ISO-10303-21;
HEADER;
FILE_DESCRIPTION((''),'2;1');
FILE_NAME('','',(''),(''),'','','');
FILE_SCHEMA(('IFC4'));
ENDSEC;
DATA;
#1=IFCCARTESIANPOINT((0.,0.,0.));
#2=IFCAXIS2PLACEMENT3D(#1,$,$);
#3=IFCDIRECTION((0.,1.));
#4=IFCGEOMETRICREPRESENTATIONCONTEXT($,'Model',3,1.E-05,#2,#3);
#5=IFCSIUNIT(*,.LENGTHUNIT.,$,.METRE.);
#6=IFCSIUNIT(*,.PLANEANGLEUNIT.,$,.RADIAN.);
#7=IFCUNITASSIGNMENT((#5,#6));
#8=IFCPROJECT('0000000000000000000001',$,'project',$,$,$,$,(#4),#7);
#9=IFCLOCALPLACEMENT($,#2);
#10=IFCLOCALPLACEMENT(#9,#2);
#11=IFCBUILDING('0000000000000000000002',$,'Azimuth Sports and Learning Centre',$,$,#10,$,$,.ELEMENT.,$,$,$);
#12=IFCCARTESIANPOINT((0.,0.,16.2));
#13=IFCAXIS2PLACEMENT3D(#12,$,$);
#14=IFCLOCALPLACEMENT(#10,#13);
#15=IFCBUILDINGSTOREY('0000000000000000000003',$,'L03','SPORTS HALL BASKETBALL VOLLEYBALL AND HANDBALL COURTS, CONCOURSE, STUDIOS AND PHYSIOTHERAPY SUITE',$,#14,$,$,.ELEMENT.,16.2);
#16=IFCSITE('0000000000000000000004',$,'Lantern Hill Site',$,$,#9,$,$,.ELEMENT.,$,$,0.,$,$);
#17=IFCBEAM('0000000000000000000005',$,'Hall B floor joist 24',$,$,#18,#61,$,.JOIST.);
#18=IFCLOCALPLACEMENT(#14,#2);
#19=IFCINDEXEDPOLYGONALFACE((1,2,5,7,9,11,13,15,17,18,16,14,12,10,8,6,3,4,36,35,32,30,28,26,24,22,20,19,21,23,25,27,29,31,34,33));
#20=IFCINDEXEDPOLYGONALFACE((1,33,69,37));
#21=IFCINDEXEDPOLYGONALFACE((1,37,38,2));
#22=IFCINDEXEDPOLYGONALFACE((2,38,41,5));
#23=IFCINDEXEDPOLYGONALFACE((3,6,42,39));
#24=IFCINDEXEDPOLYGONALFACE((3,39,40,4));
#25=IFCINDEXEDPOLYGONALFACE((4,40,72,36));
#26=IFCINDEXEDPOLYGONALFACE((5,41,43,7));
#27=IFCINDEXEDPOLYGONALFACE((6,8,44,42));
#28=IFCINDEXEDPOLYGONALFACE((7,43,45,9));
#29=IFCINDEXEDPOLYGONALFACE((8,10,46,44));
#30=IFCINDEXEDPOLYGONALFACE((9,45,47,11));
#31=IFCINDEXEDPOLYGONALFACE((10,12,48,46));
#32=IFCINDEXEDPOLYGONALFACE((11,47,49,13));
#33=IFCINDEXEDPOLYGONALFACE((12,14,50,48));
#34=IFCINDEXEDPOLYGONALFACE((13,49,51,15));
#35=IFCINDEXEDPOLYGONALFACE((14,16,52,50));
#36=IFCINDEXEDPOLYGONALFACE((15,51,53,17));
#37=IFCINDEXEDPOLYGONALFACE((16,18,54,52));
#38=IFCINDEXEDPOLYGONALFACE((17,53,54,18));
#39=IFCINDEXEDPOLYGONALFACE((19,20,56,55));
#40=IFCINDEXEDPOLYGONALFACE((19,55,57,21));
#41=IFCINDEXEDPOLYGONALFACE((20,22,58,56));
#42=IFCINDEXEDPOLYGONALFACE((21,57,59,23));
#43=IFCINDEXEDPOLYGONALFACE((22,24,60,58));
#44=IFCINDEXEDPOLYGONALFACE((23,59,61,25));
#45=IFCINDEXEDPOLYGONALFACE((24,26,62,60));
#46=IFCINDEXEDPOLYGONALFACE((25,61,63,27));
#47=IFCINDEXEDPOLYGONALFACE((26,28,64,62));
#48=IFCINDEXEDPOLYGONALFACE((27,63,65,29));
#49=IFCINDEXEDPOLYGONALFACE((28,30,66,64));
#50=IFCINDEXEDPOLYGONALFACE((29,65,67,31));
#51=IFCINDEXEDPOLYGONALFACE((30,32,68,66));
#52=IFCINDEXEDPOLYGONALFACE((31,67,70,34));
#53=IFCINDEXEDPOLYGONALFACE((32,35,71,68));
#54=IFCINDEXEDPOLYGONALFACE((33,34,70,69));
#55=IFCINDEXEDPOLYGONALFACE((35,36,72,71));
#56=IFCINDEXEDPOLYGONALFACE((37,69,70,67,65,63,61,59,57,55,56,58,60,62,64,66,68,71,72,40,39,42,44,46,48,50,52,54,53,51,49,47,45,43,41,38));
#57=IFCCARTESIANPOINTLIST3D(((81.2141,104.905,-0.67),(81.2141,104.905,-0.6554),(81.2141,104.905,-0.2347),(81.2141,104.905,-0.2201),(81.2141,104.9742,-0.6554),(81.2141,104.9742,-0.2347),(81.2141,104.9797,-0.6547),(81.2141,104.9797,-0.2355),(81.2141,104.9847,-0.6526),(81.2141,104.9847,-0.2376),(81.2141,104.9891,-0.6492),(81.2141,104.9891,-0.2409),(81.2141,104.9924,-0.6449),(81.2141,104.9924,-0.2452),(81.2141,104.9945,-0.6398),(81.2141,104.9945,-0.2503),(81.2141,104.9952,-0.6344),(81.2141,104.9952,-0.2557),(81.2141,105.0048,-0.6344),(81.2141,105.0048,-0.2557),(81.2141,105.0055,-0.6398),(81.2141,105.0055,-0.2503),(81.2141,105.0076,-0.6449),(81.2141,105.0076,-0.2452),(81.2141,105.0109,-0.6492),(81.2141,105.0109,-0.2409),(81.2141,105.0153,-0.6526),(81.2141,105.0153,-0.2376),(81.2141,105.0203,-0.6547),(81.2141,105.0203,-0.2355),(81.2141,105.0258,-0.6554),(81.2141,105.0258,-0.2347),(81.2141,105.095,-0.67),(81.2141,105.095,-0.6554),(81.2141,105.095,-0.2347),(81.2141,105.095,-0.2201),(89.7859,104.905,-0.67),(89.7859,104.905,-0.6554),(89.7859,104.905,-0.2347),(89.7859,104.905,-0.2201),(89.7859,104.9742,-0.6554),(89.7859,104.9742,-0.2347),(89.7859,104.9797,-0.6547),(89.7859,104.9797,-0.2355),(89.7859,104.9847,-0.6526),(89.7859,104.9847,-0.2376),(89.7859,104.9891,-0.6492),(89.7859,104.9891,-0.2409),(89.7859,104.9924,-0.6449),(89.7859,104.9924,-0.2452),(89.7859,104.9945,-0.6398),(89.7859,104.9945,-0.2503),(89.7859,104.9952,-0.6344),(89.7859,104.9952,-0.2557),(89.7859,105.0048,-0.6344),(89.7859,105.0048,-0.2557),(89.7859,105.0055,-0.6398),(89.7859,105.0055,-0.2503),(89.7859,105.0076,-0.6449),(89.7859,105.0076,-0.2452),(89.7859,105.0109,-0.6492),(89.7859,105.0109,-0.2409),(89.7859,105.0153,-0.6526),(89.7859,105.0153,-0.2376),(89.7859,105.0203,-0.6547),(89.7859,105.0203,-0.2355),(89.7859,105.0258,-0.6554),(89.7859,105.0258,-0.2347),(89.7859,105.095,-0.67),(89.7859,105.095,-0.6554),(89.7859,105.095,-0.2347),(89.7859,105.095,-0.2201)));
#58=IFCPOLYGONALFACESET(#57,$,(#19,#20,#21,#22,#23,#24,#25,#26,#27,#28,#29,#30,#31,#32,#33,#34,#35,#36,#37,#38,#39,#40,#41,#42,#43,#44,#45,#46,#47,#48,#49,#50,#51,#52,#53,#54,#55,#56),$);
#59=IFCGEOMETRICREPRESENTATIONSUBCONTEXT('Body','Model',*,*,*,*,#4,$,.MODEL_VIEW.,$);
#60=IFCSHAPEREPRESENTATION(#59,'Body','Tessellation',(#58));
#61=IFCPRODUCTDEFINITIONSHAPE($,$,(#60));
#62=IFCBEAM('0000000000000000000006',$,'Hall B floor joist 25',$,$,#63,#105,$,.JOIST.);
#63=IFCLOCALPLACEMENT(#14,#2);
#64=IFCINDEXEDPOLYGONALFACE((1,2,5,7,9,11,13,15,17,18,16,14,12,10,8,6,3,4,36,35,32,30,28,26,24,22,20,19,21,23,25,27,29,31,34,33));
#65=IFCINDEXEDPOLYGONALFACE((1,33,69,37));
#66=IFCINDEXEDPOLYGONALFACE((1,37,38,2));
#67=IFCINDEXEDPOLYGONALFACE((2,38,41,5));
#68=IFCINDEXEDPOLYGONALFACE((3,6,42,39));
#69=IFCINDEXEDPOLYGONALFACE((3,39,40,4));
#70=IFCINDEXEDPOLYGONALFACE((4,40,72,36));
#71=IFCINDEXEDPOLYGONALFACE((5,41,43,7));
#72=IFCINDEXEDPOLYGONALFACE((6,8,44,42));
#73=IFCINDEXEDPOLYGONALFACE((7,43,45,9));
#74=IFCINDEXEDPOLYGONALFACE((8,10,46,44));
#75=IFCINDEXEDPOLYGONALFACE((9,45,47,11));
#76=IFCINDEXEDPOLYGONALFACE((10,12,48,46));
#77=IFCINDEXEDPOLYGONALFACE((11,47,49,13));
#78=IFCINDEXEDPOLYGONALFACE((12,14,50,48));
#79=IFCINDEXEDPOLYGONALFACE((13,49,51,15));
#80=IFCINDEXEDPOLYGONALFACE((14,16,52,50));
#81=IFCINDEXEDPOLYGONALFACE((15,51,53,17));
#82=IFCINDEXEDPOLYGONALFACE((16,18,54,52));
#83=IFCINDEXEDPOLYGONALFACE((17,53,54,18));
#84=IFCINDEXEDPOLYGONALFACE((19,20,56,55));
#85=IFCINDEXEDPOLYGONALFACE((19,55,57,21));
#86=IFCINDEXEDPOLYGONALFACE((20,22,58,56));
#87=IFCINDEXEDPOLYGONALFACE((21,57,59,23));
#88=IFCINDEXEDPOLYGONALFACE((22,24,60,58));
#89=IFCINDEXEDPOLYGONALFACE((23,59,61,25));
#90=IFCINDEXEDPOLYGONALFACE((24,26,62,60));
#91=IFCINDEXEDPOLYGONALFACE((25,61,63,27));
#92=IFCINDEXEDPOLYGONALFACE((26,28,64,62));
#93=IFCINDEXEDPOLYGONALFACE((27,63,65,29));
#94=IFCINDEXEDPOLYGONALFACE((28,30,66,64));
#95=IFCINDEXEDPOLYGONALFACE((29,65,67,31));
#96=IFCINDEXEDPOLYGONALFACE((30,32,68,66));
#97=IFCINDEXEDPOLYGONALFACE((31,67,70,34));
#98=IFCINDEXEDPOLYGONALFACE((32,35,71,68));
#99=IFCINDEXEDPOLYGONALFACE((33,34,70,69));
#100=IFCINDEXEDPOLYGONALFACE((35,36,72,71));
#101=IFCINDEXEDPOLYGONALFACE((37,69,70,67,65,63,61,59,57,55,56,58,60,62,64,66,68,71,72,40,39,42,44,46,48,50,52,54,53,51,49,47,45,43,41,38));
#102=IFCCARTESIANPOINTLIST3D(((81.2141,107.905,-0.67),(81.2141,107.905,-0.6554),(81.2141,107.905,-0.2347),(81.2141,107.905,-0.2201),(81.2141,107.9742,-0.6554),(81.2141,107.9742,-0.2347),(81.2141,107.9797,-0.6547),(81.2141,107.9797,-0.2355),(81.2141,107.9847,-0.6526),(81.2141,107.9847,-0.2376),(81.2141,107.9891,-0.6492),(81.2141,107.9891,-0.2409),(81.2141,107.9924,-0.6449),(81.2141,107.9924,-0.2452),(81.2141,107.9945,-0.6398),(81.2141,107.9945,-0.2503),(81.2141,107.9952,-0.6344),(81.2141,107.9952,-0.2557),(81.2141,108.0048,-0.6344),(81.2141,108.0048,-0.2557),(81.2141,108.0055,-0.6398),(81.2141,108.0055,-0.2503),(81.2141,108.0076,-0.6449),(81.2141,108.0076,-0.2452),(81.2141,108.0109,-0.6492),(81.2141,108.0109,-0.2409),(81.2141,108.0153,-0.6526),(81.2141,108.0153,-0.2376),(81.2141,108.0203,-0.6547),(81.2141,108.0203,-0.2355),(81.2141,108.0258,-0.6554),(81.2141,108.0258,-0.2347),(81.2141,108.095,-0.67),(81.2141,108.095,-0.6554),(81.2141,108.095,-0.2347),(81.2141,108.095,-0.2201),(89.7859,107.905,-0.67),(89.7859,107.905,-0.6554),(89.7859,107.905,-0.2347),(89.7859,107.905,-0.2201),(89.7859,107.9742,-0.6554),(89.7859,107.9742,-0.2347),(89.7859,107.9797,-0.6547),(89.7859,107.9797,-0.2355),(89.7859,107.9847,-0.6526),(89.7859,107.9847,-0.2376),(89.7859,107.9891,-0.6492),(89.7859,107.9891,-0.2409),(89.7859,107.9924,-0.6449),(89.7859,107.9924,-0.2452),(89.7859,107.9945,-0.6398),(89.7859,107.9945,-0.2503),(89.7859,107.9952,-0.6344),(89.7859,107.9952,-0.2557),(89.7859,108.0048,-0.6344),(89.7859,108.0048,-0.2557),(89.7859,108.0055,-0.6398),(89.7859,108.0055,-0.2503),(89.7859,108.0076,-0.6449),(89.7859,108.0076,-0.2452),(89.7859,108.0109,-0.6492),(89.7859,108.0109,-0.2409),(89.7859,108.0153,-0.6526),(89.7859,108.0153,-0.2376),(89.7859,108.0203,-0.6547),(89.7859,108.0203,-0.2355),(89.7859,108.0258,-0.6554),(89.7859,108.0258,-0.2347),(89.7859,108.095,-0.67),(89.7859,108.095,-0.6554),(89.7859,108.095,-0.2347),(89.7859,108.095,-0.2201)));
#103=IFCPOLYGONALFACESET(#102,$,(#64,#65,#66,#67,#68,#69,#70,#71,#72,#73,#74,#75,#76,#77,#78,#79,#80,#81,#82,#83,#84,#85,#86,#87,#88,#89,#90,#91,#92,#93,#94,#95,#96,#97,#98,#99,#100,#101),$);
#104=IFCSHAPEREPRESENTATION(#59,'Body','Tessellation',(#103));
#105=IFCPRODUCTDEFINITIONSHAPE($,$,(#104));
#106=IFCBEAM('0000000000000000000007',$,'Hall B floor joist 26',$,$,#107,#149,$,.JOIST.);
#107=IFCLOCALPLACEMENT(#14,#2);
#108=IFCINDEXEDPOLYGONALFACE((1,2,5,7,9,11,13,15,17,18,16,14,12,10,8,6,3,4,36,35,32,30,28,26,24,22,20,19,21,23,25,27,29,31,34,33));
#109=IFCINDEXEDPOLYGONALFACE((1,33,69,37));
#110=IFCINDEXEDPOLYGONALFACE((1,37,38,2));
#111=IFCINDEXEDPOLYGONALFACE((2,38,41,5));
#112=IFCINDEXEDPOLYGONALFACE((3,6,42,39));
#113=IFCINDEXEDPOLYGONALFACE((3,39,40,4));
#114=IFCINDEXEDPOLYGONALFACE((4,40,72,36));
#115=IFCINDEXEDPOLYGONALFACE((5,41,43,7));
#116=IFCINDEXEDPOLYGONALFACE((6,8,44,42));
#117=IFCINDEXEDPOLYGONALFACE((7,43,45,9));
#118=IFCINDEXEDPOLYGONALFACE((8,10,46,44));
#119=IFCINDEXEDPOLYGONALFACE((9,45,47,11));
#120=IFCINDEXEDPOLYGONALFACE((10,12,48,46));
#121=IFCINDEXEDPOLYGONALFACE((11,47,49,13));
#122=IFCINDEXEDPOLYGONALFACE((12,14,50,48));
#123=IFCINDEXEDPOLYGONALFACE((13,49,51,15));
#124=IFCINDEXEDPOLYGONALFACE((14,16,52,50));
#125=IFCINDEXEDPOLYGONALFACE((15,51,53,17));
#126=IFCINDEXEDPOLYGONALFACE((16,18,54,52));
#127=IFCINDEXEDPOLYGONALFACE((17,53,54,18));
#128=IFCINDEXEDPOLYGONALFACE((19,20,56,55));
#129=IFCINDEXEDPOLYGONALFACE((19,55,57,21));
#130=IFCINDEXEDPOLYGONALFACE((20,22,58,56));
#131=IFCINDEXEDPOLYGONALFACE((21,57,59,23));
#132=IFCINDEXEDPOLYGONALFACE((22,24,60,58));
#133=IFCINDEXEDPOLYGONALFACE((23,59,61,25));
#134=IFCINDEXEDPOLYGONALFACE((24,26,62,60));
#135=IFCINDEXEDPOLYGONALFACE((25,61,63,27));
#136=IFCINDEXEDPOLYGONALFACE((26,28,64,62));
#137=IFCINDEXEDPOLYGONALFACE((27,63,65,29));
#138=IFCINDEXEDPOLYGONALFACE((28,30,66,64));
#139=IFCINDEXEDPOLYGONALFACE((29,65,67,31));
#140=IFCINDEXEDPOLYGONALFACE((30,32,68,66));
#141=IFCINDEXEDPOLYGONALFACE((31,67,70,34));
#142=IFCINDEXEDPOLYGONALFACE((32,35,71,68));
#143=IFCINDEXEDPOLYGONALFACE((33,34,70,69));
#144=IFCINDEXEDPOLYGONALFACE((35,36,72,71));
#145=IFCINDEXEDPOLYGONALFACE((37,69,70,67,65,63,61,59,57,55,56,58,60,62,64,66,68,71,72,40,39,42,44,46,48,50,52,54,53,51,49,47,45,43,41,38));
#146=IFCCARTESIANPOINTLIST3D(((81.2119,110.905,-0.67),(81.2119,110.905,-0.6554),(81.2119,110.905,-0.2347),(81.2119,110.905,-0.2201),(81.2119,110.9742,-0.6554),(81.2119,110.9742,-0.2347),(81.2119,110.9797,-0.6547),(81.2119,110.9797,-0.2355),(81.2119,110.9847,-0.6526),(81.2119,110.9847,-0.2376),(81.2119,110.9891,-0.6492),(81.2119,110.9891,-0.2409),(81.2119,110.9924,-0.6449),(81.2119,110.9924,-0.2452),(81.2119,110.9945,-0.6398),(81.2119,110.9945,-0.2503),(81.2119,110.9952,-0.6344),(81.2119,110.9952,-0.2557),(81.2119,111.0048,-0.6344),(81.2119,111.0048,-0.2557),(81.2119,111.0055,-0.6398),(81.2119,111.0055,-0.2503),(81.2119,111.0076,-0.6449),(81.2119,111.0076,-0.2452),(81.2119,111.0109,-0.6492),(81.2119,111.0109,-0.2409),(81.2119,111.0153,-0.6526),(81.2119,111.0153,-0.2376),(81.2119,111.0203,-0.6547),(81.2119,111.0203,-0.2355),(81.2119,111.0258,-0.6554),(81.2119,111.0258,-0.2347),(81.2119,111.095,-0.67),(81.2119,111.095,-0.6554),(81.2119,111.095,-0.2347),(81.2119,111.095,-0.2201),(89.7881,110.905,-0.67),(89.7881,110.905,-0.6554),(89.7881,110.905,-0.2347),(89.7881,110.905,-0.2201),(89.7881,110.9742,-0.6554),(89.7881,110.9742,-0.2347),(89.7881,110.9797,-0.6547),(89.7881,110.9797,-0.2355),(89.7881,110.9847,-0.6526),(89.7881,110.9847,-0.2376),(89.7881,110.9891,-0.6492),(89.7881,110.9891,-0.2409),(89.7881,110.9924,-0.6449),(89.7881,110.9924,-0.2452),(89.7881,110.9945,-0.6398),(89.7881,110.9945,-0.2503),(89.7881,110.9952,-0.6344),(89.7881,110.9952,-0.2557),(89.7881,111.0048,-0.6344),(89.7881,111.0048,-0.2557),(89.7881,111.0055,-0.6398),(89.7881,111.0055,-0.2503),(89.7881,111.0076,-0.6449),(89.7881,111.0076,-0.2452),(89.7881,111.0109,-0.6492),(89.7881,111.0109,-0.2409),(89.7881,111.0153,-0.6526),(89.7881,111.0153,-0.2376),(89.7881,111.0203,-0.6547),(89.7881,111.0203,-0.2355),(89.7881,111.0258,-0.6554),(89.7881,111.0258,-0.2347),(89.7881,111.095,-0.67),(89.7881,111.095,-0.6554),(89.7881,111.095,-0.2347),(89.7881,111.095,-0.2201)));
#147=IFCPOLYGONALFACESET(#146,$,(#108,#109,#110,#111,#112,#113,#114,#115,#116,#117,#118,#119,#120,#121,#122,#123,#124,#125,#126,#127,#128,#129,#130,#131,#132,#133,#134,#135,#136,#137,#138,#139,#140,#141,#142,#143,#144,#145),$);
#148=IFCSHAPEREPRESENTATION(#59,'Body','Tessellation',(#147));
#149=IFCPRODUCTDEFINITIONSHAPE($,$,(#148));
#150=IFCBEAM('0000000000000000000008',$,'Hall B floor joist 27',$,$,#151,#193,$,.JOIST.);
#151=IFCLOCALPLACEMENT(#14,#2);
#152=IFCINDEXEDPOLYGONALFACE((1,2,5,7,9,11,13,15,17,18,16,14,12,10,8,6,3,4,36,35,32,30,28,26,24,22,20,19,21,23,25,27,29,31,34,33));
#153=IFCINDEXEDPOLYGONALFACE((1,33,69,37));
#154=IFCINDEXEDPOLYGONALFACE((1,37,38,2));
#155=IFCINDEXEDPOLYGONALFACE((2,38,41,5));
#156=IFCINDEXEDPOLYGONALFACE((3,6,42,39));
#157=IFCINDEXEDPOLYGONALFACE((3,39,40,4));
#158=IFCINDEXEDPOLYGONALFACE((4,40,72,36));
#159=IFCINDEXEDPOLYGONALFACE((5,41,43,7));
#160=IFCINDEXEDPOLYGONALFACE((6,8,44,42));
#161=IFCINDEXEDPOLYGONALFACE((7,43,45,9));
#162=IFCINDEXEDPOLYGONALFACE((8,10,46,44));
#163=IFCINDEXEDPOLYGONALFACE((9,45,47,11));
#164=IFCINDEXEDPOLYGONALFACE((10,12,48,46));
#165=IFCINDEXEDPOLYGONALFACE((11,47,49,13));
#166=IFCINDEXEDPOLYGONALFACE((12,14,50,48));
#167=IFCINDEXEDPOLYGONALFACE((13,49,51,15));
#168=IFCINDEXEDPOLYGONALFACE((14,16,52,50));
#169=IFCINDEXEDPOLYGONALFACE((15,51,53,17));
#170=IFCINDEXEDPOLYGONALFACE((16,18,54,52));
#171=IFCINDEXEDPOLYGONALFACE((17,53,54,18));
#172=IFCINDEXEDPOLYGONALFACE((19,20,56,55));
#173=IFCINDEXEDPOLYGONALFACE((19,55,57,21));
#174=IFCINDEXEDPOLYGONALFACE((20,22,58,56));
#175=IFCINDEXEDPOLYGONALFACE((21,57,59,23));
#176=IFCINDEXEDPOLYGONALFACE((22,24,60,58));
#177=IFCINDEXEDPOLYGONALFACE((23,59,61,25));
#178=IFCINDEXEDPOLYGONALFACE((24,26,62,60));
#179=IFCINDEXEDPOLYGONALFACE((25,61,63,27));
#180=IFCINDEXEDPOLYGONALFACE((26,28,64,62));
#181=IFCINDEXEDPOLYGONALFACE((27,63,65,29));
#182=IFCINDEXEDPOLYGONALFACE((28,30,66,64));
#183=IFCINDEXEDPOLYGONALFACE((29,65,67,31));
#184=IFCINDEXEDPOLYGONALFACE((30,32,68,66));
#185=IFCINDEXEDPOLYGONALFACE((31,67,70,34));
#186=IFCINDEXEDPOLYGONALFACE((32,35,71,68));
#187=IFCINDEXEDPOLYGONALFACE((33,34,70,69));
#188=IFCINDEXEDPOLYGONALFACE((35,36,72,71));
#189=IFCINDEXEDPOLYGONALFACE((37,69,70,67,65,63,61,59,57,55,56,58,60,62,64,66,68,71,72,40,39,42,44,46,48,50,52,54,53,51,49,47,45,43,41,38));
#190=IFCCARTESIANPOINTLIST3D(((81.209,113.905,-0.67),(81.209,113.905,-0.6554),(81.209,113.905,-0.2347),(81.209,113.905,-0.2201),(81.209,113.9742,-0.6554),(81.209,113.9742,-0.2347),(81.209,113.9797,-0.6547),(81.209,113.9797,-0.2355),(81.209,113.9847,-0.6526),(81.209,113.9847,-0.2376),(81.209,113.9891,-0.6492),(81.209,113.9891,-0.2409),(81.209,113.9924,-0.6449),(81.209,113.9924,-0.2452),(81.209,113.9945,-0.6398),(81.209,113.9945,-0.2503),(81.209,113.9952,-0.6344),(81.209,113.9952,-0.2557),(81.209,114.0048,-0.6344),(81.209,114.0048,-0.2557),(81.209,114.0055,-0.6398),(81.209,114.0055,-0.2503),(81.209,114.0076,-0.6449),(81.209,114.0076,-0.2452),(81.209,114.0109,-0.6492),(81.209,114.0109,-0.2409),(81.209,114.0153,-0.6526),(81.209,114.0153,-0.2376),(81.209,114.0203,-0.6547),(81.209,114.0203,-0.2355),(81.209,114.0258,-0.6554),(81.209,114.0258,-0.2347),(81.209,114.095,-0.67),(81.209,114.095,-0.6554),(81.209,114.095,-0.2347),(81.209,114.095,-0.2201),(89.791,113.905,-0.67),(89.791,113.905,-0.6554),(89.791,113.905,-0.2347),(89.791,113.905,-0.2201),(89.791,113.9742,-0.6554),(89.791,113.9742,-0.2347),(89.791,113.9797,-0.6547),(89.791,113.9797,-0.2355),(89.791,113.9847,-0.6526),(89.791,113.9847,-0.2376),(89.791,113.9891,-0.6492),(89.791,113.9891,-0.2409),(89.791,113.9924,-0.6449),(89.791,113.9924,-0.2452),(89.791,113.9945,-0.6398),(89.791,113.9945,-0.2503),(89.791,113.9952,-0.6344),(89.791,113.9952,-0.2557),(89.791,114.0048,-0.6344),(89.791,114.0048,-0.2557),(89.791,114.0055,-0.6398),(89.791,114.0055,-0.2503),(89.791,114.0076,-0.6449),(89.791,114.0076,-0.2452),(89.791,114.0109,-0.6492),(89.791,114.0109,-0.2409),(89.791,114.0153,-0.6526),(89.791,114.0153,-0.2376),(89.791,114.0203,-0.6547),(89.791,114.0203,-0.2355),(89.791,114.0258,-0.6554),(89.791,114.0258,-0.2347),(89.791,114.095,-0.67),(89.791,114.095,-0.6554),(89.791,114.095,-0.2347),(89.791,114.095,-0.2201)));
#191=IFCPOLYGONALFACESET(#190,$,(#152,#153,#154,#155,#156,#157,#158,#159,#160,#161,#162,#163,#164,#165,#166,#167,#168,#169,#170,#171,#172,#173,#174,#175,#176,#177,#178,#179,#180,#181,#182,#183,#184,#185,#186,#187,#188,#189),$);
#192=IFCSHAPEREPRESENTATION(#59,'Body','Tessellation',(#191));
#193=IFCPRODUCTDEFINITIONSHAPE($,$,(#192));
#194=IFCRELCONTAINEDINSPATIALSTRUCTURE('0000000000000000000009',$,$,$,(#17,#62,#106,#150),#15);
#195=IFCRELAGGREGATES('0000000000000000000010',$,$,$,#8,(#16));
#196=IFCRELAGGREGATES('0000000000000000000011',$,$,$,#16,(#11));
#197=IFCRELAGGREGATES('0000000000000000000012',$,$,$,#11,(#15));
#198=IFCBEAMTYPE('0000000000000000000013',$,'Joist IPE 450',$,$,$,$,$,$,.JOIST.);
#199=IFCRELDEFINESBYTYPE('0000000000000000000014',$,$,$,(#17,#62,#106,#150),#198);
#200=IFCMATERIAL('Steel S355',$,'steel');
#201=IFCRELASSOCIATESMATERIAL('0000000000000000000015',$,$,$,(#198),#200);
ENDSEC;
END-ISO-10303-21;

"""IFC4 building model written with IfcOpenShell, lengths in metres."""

from ifc_helpers import new_model, si_unit, direction, frame, origin, origin_2d, place, context, subcontext, project, spatial, i_section, extrude, material, material_profile, profile_set, type_object, element, save


model = new_model("IFC4")

# Units and contexts
model_context = context("Model", 3, precision=1e-05, world=origin(), true_north=direction((0.0, 1.0)))
body_context = subcontext(model_context, "Body", "Model", "MODEL_VIEW")
ifc_project = project(units=[si_unit("LENGTHUNIT", "METRE"), si_unit("PLANEANGLEUNIT", "RADIAN")], contexts=[model_context])

# Site, building, storey
site_placement = place(None, origin())
site = spatial("IfcSite", under=ifc_project, at=site_placement, Name="Lantern Hill Site", CompositionType="ELEMENT", RefElevation=0.0)
building_placement = place(site_placement, origin())
building = spatial("IfcBuilding", under=site, at=building_placement, Name="Azimuth Sports and Learning Centre", CompositionType="ELEMENT")
storey_placement = place(building_placement, frame((0.0, 0.0, 16.2)))
storey = spatial("IfcBuildingStorey", under=building, at=storey_placement, Name="L03", Description="SPORTS HALL BASKETBALL VOLLEYBALL AND HANDBALL COURTS, CONCOURSE, STUDIOS AND PHYSIOTHERAPY SUITE", CompositionType="ELEMENT", Elevation=16.2)

# Beams
ifc_material_1 = material(Name="Steel S355", Category="steel")
ifc_material_profile_1 = material_profile(ifc_material_1, i_section(OverallWidth=0.1899, OverallDepth=0.45, WebThickness=0.0095, FlangeThickness=0.0146, FilletRadius=0.021, at=origin_2d()), Name="IPE 450")
ifc_profile_set_1 = profile_set([ifc_material_profile_1], Name="Steel S355")
beam_type_1 = type_object("IfcBeamType", Name="Joist IPE 450", PredefinedType="JOIST", material=ifc_profile_set_1)
for number, where, z_axis, x_axis, name in (
    (1, (81.2141, 105.0, -0.4451), (1.0, 0.0, 0.0), (0.0, 1.0, 0.0), "Hall B floor joist 24"),
    (2, (81.2141, 108.0, -0.4451), (1.0, 0.0, 0.0), (0.0, 1.0, 0.0), "Hall B floor joist 25"),
):
    element("IfcBeam", number, at=place(storey_placement, frame(where, z_axis=z_axis, x_axis=x_axis)), inside=storey, type_object=beam_type_1, Name=name, PredefinedType="JOIST", context=body_context, shape_type="SweptSolid", body=[
        extrude(i_section(OverallWidth=0.1899, OverallDepth=0.45, WebThickness=0.0095, FlangeThickness=0.0146, FilletRadius=0.021, at=origin_2d()), origin(), (0.0, 0.0, 1.0), 8.5718),
    ])
beam_1_placement = place(storey_placement, frame((81.2119, 111.0, -0.4451), z_axis=(1.0, 0.0, 0.0), x_axis=(0.0, 1.0, 0.0)))
element("IfcBeam", 3, at=beam_1_placement, inside=storey, type_object=beam_type_1, Name="Hall B floor joist 26", PredefinedType="JOIST", context=body_context, shape_type="SweptSolid", body=[
    extrude(i_section(OverallWidth=0.1899, OverallDepth=0.45, WebThickness=0.0095, FlangeThickness=0.0146, FilletRadius=0.021, at=origin_2d()), origin(), (0.0, 0.0, 1.0), 8.5762),
])
for number, where, z_axis, x_axis, name in (
    (4, (81.209, 114.0, -0.4451), (1.0, 0.0, 0.0), (0.0, 1.0, 0.0), "Hall B floor joist 27"),
):
    element("IfcBeam", number, at=place(storey_placement, frame(where, z_axis=z_axis, x_axis=x_axis)), inside=storey, type_object=beam_type_1, Name=name, PredefinedType="JOIST", context=body_context, shape_type="SweptSolid", body=[
        extrude(i_section(OverallWidth=0.1899, OverallDepth=0.45, WebThickness=0.0095, FlangeThickness=0.0146, FilletRadius=0.021, at=origin_2d()), origin(), (0.0, 0.0, 1.0), 8.582),
    ])

save(model, "model.ifc")
